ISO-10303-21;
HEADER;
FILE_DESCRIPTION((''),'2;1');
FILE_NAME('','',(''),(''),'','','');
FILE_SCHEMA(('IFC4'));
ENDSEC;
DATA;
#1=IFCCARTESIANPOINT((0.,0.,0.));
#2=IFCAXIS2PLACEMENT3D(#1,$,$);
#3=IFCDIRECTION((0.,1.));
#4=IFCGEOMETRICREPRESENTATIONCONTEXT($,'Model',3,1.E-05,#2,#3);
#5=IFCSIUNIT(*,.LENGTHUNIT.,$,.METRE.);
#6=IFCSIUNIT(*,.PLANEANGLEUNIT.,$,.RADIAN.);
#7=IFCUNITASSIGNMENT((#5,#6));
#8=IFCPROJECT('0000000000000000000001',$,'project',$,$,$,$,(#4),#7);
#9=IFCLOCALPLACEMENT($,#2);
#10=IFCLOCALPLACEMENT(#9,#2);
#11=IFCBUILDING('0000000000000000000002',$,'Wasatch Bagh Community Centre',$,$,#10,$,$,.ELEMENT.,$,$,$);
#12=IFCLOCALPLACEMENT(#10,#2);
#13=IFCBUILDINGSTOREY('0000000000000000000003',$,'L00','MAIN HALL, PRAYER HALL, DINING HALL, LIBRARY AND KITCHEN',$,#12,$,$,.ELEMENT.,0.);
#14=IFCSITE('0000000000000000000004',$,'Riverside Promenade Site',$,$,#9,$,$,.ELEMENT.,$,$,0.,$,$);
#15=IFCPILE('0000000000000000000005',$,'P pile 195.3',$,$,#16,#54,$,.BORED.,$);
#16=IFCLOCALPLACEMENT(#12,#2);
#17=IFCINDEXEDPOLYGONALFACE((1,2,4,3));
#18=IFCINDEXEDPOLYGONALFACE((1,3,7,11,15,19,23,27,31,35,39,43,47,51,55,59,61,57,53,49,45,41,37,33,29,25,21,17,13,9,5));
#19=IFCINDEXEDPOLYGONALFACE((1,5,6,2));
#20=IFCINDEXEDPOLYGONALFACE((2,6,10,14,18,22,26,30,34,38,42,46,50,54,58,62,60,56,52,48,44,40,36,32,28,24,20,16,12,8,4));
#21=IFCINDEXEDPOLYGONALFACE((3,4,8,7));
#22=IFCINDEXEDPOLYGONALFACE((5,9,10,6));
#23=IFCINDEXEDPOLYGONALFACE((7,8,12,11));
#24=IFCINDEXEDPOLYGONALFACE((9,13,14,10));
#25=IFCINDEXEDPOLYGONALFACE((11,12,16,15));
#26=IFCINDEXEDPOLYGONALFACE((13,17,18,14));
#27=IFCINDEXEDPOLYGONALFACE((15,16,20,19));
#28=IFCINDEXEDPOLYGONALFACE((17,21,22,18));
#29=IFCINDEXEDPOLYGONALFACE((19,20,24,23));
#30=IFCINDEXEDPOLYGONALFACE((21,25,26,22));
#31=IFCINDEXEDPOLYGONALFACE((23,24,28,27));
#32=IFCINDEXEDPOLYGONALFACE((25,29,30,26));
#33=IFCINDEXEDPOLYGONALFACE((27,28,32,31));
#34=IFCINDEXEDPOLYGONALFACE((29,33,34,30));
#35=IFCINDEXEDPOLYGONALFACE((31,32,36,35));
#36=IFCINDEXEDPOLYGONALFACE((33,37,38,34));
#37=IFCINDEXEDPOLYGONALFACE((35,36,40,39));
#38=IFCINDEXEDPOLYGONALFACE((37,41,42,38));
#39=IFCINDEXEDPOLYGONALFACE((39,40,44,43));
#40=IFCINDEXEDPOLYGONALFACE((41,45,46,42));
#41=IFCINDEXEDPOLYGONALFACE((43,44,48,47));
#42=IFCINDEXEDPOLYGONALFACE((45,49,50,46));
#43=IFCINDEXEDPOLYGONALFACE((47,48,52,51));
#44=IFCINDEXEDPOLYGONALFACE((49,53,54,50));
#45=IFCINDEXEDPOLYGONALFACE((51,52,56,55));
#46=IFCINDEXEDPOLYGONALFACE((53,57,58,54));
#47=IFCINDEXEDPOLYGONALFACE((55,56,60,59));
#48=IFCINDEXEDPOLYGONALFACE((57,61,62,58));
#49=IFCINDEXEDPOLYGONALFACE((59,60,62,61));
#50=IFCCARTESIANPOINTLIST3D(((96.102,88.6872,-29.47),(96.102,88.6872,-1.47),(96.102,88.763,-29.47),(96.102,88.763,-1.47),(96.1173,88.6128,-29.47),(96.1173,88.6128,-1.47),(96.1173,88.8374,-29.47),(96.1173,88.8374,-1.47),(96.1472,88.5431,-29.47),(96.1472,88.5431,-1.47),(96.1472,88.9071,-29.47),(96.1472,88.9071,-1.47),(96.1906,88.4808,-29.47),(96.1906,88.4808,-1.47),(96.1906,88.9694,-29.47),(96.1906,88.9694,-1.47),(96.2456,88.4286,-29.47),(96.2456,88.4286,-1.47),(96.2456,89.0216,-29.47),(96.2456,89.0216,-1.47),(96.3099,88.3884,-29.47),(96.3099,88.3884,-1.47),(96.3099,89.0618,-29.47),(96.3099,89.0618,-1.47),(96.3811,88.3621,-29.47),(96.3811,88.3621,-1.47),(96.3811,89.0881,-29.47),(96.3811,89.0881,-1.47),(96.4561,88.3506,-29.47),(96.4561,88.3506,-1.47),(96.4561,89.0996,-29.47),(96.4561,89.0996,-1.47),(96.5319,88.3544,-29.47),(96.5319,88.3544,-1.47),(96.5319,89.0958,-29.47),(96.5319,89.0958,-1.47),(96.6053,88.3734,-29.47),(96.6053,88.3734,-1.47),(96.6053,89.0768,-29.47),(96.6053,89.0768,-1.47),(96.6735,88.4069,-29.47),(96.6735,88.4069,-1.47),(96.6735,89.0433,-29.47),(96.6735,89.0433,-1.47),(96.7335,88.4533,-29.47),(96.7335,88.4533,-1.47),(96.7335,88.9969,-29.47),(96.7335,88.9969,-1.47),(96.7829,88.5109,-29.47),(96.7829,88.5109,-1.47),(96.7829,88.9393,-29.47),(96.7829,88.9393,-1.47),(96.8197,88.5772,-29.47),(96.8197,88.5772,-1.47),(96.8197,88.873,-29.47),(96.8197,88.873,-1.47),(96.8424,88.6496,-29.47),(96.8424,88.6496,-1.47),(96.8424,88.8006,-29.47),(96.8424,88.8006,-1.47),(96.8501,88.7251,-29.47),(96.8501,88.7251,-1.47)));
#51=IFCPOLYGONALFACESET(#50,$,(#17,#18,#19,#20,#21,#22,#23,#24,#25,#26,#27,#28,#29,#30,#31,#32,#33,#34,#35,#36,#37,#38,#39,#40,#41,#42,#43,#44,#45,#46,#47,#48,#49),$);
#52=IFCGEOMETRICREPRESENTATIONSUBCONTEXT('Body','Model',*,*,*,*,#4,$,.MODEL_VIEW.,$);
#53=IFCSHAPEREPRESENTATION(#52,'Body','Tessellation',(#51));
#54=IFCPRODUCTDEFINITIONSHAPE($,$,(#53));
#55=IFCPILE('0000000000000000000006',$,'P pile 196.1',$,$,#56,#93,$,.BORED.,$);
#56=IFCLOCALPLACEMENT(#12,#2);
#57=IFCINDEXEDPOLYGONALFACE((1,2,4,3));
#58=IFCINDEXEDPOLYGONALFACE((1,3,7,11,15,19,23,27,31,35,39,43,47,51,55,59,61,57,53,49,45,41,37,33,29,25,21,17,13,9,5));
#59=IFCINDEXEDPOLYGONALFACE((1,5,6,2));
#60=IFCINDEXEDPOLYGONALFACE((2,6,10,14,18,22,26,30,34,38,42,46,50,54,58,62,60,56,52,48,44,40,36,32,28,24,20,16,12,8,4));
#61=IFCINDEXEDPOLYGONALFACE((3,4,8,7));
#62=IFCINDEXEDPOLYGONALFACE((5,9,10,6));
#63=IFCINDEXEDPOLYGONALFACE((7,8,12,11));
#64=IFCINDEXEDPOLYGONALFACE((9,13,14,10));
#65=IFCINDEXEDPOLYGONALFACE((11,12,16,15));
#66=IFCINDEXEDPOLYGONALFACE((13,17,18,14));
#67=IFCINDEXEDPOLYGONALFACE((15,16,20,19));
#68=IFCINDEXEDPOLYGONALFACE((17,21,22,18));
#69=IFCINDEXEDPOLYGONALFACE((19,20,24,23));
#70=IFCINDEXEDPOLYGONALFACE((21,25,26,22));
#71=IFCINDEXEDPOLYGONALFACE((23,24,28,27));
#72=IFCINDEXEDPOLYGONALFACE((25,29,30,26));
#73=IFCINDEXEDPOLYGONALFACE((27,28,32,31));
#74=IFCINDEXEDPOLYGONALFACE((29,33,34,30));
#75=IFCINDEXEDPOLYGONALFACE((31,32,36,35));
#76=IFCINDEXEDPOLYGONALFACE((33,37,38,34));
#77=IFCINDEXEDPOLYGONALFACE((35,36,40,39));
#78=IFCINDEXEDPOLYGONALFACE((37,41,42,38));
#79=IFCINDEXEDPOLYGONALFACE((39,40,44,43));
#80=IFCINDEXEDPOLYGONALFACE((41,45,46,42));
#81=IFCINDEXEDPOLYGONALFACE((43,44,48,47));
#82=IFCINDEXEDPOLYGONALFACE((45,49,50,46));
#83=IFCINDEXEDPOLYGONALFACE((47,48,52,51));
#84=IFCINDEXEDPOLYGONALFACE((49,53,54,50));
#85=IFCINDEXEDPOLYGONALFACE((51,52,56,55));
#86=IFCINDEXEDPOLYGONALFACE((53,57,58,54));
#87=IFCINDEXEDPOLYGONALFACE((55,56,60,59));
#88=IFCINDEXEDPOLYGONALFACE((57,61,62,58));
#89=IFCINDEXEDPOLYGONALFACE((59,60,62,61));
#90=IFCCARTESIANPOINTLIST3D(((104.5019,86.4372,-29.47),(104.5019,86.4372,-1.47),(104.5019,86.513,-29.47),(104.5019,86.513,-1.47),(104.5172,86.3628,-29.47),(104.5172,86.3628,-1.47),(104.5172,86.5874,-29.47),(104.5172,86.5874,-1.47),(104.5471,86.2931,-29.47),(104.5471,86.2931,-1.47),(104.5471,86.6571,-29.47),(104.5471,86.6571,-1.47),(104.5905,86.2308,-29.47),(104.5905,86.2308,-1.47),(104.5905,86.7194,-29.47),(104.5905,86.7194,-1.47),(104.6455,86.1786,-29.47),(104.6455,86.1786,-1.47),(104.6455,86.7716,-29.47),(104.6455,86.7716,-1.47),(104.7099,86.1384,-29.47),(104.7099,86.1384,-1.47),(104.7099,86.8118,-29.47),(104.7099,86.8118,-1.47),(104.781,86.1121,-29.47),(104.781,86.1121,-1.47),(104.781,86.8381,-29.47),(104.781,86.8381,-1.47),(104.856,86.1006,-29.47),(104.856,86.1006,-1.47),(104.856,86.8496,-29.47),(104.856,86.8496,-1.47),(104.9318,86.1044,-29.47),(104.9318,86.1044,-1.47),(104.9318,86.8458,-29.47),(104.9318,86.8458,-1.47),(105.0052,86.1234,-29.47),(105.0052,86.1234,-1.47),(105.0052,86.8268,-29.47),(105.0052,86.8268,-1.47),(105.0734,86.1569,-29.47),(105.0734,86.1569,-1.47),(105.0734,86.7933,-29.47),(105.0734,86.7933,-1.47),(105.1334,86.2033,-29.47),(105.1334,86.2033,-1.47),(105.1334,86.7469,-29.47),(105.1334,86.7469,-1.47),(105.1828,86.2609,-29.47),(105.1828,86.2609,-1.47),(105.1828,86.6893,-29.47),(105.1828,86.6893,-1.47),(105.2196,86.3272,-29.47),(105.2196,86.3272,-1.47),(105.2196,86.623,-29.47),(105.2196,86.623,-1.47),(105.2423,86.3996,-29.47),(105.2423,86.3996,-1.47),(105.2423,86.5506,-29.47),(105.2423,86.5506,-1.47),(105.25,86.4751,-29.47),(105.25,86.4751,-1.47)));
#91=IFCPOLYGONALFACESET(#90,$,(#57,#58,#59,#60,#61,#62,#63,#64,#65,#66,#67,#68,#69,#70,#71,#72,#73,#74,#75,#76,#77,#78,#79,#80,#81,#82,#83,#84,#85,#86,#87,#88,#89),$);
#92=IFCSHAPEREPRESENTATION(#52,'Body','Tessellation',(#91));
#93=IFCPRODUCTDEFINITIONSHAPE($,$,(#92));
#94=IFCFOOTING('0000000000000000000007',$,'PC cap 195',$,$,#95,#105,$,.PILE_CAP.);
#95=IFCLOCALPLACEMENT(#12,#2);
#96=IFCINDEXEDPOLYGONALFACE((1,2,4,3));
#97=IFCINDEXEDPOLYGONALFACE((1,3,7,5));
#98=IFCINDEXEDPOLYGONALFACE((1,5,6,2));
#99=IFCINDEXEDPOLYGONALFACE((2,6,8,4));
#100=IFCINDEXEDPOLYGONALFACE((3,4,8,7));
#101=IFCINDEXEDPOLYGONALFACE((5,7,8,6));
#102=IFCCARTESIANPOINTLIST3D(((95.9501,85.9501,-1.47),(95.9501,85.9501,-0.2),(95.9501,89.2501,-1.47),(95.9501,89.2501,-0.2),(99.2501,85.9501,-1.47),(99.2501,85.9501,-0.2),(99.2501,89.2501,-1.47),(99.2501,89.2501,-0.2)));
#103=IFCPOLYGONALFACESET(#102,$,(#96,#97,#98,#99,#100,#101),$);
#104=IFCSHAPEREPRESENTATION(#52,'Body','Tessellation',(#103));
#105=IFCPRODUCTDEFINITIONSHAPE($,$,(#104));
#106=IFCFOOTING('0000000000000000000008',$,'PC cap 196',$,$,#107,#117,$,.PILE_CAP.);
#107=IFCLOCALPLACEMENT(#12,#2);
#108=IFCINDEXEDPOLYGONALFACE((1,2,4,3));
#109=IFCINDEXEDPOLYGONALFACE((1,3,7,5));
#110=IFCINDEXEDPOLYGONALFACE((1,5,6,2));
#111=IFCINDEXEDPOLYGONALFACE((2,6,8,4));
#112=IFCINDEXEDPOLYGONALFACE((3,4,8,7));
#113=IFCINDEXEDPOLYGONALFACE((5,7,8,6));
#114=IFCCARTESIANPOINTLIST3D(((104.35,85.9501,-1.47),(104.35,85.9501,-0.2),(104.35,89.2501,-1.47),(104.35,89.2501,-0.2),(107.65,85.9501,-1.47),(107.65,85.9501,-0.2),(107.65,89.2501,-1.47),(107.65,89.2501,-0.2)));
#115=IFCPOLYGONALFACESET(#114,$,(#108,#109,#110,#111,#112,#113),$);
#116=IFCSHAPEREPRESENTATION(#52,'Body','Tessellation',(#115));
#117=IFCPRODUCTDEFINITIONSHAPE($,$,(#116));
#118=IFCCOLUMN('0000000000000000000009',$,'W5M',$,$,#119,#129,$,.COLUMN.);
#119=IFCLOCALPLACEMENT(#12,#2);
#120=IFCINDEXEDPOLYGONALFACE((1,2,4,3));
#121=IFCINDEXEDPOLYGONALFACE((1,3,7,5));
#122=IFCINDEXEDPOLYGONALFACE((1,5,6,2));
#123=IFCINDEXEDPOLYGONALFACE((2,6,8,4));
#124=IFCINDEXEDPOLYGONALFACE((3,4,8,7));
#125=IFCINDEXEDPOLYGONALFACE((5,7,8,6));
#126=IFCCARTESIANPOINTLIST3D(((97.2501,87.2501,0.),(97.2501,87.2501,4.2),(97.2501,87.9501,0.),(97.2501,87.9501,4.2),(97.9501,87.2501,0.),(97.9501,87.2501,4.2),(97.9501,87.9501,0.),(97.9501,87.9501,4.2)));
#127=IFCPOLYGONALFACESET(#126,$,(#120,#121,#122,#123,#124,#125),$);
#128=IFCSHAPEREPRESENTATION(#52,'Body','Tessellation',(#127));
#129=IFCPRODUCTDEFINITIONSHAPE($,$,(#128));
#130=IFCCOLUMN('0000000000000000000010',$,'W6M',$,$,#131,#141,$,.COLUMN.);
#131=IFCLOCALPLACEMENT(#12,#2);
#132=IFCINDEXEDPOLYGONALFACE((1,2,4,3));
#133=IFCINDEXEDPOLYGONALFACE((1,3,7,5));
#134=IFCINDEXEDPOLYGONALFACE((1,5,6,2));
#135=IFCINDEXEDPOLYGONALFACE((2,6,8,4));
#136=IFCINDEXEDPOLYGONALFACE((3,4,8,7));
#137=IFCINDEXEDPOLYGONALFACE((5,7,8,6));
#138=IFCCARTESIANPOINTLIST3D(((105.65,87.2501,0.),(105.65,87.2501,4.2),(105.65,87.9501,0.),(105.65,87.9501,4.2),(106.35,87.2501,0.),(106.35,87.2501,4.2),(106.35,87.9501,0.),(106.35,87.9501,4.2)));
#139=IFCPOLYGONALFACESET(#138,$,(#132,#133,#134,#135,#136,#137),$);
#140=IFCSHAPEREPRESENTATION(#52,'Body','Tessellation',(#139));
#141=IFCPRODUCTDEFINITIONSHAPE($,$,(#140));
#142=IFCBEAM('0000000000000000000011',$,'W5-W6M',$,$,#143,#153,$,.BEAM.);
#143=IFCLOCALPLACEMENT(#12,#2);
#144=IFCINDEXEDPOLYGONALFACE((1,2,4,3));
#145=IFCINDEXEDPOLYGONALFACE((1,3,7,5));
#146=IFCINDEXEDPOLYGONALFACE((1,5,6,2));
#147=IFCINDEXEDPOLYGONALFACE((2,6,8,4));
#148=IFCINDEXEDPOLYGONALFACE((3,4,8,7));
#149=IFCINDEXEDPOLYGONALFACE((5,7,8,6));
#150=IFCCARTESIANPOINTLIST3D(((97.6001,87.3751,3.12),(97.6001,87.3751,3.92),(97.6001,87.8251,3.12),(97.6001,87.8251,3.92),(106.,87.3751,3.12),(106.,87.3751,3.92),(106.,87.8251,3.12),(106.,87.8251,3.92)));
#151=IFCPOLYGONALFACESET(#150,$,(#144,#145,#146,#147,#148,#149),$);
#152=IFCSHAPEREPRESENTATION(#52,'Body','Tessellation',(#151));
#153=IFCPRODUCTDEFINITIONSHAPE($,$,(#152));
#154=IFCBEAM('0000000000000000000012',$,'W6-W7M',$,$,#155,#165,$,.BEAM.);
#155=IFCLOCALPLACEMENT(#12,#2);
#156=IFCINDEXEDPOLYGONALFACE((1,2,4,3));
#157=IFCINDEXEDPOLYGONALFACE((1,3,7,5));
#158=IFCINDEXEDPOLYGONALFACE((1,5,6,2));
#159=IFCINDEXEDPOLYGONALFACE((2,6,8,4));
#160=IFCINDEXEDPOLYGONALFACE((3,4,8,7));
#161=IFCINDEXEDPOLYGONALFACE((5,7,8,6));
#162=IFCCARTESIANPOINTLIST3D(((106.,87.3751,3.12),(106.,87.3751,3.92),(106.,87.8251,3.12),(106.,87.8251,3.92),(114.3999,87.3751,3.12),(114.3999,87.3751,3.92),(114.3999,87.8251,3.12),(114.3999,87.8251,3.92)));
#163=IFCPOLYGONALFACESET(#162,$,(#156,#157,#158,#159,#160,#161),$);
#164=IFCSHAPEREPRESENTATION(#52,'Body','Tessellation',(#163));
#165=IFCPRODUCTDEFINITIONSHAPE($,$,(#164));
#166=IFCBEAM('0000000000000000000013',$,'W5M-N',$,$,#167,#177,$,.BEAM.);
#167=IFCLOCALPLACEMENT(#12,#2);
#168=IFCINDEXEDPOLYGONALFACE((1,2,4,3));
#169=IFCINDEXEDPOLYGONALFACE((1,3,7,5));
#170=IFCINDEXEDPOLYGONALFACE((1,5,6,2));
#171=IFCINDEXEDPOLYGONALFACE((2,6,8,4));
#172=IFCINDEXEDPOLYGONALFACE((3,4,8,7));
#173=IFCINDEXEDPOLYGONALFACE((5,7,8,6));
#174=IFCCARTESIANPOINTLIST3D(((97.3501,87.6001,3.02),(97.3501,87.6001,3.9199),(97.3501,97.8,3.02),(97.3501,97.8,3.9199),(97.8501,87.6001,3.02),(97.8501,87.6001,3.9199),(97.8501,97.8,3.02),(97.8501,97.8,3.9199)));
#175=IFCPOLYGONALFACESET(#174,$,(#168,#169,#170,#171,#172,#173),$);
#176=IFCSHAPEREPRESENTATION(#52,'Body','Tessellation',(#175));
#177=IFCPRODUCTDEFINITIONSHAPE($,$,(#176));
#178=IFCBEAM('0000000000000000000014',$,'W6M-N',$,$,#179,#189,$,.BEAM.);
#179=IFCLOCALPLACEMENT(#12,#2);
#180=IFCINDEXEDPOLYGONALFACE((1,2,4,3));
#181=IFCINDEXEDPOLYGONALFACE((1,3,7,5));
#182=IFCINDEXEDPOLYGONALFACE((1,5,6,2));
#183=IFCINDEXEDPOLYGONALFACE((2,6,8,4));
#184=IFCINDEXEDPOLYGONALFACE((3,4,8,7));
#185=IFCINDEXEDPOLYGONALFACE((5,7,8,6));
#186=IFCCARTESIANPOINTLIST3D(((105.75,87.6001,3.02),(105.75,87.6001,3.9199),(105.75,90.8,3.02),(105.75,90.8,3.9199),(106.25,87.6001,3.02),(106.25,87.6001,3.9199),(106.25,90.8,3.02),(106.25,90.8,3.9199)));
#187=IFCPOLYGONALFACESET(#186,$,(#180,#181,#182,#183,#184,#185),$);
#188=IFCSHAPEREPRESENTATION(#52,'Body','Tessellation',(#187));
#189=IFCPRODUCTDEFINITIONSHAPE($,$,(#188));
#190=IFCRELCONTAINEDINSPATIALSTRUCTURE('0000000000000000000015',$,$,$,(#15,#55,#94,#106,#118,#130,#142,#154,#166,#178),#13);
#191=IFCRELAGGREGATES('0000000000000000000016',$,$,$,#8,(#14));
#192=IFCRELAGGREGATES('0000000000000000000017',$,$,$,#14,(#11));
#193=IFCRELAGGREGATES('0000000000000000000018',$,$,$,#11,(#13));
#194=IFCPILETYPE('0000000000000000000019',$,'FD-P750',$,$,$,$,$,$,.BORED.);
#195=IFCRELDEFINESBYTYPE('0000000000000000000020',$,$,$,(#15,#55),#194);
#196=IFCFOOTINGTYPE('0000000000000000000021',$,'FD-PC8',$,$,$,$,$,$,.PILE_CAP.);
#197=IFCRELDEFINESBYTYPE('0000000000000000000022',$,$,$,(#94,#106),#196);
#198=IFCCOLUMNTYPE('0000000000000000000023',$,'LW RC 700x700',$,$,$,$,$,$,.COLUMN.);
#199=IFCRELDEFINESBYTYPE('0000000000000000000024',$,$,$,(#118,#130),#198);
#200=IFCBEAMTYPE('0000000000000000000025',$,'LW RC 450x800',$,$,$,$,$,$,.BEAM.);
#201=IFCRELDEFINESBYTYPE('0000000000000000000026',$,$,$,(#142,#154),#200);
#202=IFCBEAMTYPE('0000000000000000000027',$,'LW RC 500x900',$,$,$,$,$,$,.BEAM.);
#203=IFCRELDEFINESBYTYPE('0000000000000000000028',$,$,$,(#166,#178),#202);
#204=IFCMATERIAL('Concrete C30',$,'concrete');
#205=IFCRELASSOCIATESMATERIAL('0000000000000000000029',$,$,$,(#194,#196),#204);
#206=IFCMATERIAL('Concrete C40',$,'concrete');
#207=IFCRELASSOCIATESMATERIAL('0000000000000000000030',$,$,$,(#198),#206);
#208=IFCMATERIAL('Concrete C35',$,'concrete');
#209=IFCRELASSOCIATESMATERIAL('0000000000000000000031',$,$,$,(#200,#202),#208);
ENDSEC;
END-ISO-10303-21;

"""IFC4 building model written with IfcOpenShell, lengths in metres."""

from ifc_helpers import new_model, si_unit, direction, frame, origin, origin_2d, place, context, subcontext, project, spatial, rectangle, circle, extrude, material, material_profile, profile_set, type_object, element, save


model = new_model("IFC4")

# Units and contexts
model_context = context("Model", 3, precision=1e-05, world=origin(), true_north=direction((0.0, 1.0)))
body_context = subcontext(model_context, "Body", "Model", "MODEL_VIEW")
ifc_project = project(units=[si_unit("LENGTHUNIT", "METRE"), si_unit("PLANEANGLEUNIT", "RADIAN")], contexts=[model_context])

# Site, building, storey
site_placement = place(None, origin())
site = spatial("IfcSite", under=ifc_project, at=site_placement, Name="Riverside Promenade Site", CompositionType="ELEMENT", RefElevation=0.0)
building_placement = place(site_placement, origin())
building = spatial("IfcBuilding", under=site, at=building_placement, Name="Wasatch Bagh Community Centre", CompositionType="ELEMENT")
storey_placement = place(building_placement, origin())
storey = spatial("IfcBuildingStorey", under=building, at=storey_placement, Name="L00", Description="MAIN HALL, PRAYER HALL, DINING HALL, LIBRARY AND KITCHEN", CompositionType="ELEMENT", Elevation=0.0)

# Shared definitions
ifc_material_1 = material(Name="Concrete C35", Category="concrete")

# Piles
ifc_material_2 = material(Name="Concrete C30", Category="concrete")
ifc_material_profile_1 = material_profile(ifc_material_2, circle(Radius=0.375, at=origin_2d()), Name="RC D750")
ifc_profile_set_1 = profile_set([ifc_material_profile_1], Name="Concrete C30")
pile_type_1 = type_object("IfcPileType", Name="FD-P750", PredefinedType="BORED", material=ifc_profile_set_1)
for number, where, z_axis, x_axis, name in (
    (1, (96.4751, 88.7251, -1.47), (0.0, 0.0, -1.0), (1.0, 0.0, 0.0), "P pile 195.3"),
    (2, (104.875, 86.4751, -1.47), (0.0, 0.0, -1.0), (1.0, 0.0, 0.0), "P pile 196.1"),
):
    element("IfcPile", number, at=place(storey_placement, frame(where, z_axis=z_axis, x_axis=x_axis)), inside=storey, type_object=pile_type_1, Name=name, PredefinedType="BORED", context=body_context, shape_type="SweptSolid", body=[
        extrude(circle(Radius=0.375, at=origin_2d()), origin(), (0.0, 0.0, 1.0), 28.0),
    ])

# Footings
footing_type_1 = type_object("IfcFootingType", Name="FD-PC8", PredefinedType="PILE_CAP", material=ifc_material_2)
for number, where, z_axis, x_axis, name in (
    (3, (97.6001, 87.6001, -1.47), (0.0, 0.0, 1.0), (1.0, 0.0, 0.0), "PC cap 195"),
    (4, (106.0, 87.6001, -1.47), (0.0, 0.0, 1.0), (1.0, 0.0, 0.0), "PC cap 196"),
):
    element("IfcFooting", number, at=place(storey_placement, frame(where, z_axis=z_axis, x_axis=x_axis)), inside=storey, type_object=footing_type_1, Name=name, PredefinedType="PILE_CAP", context=body_context, shape_type="SweptSolid", body=[
        extrude(rectangle(XDim=3.3, YDim=3.3, at=origin_2d()), origin(), (0.0, 0.0, 1.0), 1.27),
    ])

# Columns
ifc_material_3 = material(Name="Concrete C40", Category="concrete")
ifc_material_profile_2 = material_profile(ifc_material_3, rectangle(XDim=0.7, YDim=0.7, at=origin_2d()), Name="RC 700x700")
ifc_profile_set_2 = profile_set([ifc_material_profile_2], Name="Concrete C40")
column_type = type_object("IfcColumnType", Name="LW RC 700x700", PredefinedType="COLUMN", material=ifc_profile_set_2)
for number, where, z_axis, x_axis, name in (
    (5, (97.6001, 87.6001, 0.0), (0.0, 0.0, 1.0), (1.0, 0.0, 0.0), "W5M"),
    (6, (106.0, 87.6001, 0.0), (0.0, 0.0, 1.0), (1.0, 0.0, 0.0), "W6M"),
):
    element("IfcColumn", number, at=place(storey_placement, frame(where, z_axis=z_axis, x_axis=x_axis)), inside=storey, type_object=column_type, Name=name, PredefinedType="COLUMN", context=body_context, shape_type="SweptSolid", body=[
        extrude(rectangle(XDim=0.7, YDim=0.7, at=origin_2d()), origin(), (0.0, 0.0, 1.0), 4.2),
    ])

# Beams
ifc_material_profile_3 = material_profile(ifc_material_1, rectangle(XDim=0.45, YDim=0.8, at=origin_2d()), Name="RC 450x800")
ifc_profile_set_3 = profile_set([ifc_material_profile_3], Name="Concrete C35")
beam_type_1 = type_object("IfcBeamType", Name="LW RC 450x800", PredefinedType="BEAM", material=ifc_profile_set_3)
for number, where, z_axis, x_axis, name in (
    (7, (97.6001, 87.6001, 3.52), (1.0, 0.0, 0.0), (0.0, 1.0, 0.0), "W5-W6M"),
    (8, (106.0, 87.6001, 3.52), (1.0, 0.0, 0.0), (0.0, 1.0, 0.0), "W6-W7M"),
):
    element("IfcBeam", number, at=place(storey_placement, frame(where, z_axis=z_axis, x_axis=x_axis)), inside=storey, type_object=beam_type_1, Name=name, PredefinedType="BEAM", context=body_context, shape_type="SweptSolid", body=[
        extrude(rectangle(XDim=0.45, YDim=0.8, at=origin_2d()), origin(), (0.0, 0.0, 1.0), 8.3999),
    ])
ifc_material_profile_4 = material_profile(ifc_material_1, rectangle(XDim=0.5, YDim=0.8999, at=origin_2d()), Name="RC 500x900")
ifc_profile_set_4 = profile_set([ifc_material_profile_4], Name="Concrete C35")
beam_type_2 = type_object("IfcBeamType", Name="LW RC 500x900", PredefinedType="BEAM", material=ifc_profile_set_4)
beam_1_placement = place(storey_placement, frame((97.6001, 87.6001, 3.47), z_axis=(0.0, 1.0, 0.0), x_axis=(-1.0, 0.0, 0.0)))
element("IfcBeam", 9, at=beam_1_placement, inside=storey, type_object=beam_type_2, Name="W5M-N", PredefinedType="BEAM", context=body_context, shape_type="SweptSolid", body=[
    extrude(rectangle(XDim=0.5, YDim=0.8999, at=origin_2d()), origin(), (0.0, 0.0, 1.0), 10.2),
])
beam_2_placement = place(storey_placement, frame((106.0, 87.6001, 3.47), z_axis=(0.0, 1.0, 0.0), x_axis=(-1.0, 0.0, 0.0)))
element("IfcBeam", 10, at=beam_2_placement, inside=storey, type_object=beam_type_2, Name="W6M-N", PredefinedType="BEAM", context=body_context, shape_type="SweptSolid", body=[
    extrude(rectangle(XDim=0.5, YDim=0.8999, at=origin_2d()), origin(), (0.0, 0.0, 1.0), 3.2),
])

save(model, "model.ifc")
